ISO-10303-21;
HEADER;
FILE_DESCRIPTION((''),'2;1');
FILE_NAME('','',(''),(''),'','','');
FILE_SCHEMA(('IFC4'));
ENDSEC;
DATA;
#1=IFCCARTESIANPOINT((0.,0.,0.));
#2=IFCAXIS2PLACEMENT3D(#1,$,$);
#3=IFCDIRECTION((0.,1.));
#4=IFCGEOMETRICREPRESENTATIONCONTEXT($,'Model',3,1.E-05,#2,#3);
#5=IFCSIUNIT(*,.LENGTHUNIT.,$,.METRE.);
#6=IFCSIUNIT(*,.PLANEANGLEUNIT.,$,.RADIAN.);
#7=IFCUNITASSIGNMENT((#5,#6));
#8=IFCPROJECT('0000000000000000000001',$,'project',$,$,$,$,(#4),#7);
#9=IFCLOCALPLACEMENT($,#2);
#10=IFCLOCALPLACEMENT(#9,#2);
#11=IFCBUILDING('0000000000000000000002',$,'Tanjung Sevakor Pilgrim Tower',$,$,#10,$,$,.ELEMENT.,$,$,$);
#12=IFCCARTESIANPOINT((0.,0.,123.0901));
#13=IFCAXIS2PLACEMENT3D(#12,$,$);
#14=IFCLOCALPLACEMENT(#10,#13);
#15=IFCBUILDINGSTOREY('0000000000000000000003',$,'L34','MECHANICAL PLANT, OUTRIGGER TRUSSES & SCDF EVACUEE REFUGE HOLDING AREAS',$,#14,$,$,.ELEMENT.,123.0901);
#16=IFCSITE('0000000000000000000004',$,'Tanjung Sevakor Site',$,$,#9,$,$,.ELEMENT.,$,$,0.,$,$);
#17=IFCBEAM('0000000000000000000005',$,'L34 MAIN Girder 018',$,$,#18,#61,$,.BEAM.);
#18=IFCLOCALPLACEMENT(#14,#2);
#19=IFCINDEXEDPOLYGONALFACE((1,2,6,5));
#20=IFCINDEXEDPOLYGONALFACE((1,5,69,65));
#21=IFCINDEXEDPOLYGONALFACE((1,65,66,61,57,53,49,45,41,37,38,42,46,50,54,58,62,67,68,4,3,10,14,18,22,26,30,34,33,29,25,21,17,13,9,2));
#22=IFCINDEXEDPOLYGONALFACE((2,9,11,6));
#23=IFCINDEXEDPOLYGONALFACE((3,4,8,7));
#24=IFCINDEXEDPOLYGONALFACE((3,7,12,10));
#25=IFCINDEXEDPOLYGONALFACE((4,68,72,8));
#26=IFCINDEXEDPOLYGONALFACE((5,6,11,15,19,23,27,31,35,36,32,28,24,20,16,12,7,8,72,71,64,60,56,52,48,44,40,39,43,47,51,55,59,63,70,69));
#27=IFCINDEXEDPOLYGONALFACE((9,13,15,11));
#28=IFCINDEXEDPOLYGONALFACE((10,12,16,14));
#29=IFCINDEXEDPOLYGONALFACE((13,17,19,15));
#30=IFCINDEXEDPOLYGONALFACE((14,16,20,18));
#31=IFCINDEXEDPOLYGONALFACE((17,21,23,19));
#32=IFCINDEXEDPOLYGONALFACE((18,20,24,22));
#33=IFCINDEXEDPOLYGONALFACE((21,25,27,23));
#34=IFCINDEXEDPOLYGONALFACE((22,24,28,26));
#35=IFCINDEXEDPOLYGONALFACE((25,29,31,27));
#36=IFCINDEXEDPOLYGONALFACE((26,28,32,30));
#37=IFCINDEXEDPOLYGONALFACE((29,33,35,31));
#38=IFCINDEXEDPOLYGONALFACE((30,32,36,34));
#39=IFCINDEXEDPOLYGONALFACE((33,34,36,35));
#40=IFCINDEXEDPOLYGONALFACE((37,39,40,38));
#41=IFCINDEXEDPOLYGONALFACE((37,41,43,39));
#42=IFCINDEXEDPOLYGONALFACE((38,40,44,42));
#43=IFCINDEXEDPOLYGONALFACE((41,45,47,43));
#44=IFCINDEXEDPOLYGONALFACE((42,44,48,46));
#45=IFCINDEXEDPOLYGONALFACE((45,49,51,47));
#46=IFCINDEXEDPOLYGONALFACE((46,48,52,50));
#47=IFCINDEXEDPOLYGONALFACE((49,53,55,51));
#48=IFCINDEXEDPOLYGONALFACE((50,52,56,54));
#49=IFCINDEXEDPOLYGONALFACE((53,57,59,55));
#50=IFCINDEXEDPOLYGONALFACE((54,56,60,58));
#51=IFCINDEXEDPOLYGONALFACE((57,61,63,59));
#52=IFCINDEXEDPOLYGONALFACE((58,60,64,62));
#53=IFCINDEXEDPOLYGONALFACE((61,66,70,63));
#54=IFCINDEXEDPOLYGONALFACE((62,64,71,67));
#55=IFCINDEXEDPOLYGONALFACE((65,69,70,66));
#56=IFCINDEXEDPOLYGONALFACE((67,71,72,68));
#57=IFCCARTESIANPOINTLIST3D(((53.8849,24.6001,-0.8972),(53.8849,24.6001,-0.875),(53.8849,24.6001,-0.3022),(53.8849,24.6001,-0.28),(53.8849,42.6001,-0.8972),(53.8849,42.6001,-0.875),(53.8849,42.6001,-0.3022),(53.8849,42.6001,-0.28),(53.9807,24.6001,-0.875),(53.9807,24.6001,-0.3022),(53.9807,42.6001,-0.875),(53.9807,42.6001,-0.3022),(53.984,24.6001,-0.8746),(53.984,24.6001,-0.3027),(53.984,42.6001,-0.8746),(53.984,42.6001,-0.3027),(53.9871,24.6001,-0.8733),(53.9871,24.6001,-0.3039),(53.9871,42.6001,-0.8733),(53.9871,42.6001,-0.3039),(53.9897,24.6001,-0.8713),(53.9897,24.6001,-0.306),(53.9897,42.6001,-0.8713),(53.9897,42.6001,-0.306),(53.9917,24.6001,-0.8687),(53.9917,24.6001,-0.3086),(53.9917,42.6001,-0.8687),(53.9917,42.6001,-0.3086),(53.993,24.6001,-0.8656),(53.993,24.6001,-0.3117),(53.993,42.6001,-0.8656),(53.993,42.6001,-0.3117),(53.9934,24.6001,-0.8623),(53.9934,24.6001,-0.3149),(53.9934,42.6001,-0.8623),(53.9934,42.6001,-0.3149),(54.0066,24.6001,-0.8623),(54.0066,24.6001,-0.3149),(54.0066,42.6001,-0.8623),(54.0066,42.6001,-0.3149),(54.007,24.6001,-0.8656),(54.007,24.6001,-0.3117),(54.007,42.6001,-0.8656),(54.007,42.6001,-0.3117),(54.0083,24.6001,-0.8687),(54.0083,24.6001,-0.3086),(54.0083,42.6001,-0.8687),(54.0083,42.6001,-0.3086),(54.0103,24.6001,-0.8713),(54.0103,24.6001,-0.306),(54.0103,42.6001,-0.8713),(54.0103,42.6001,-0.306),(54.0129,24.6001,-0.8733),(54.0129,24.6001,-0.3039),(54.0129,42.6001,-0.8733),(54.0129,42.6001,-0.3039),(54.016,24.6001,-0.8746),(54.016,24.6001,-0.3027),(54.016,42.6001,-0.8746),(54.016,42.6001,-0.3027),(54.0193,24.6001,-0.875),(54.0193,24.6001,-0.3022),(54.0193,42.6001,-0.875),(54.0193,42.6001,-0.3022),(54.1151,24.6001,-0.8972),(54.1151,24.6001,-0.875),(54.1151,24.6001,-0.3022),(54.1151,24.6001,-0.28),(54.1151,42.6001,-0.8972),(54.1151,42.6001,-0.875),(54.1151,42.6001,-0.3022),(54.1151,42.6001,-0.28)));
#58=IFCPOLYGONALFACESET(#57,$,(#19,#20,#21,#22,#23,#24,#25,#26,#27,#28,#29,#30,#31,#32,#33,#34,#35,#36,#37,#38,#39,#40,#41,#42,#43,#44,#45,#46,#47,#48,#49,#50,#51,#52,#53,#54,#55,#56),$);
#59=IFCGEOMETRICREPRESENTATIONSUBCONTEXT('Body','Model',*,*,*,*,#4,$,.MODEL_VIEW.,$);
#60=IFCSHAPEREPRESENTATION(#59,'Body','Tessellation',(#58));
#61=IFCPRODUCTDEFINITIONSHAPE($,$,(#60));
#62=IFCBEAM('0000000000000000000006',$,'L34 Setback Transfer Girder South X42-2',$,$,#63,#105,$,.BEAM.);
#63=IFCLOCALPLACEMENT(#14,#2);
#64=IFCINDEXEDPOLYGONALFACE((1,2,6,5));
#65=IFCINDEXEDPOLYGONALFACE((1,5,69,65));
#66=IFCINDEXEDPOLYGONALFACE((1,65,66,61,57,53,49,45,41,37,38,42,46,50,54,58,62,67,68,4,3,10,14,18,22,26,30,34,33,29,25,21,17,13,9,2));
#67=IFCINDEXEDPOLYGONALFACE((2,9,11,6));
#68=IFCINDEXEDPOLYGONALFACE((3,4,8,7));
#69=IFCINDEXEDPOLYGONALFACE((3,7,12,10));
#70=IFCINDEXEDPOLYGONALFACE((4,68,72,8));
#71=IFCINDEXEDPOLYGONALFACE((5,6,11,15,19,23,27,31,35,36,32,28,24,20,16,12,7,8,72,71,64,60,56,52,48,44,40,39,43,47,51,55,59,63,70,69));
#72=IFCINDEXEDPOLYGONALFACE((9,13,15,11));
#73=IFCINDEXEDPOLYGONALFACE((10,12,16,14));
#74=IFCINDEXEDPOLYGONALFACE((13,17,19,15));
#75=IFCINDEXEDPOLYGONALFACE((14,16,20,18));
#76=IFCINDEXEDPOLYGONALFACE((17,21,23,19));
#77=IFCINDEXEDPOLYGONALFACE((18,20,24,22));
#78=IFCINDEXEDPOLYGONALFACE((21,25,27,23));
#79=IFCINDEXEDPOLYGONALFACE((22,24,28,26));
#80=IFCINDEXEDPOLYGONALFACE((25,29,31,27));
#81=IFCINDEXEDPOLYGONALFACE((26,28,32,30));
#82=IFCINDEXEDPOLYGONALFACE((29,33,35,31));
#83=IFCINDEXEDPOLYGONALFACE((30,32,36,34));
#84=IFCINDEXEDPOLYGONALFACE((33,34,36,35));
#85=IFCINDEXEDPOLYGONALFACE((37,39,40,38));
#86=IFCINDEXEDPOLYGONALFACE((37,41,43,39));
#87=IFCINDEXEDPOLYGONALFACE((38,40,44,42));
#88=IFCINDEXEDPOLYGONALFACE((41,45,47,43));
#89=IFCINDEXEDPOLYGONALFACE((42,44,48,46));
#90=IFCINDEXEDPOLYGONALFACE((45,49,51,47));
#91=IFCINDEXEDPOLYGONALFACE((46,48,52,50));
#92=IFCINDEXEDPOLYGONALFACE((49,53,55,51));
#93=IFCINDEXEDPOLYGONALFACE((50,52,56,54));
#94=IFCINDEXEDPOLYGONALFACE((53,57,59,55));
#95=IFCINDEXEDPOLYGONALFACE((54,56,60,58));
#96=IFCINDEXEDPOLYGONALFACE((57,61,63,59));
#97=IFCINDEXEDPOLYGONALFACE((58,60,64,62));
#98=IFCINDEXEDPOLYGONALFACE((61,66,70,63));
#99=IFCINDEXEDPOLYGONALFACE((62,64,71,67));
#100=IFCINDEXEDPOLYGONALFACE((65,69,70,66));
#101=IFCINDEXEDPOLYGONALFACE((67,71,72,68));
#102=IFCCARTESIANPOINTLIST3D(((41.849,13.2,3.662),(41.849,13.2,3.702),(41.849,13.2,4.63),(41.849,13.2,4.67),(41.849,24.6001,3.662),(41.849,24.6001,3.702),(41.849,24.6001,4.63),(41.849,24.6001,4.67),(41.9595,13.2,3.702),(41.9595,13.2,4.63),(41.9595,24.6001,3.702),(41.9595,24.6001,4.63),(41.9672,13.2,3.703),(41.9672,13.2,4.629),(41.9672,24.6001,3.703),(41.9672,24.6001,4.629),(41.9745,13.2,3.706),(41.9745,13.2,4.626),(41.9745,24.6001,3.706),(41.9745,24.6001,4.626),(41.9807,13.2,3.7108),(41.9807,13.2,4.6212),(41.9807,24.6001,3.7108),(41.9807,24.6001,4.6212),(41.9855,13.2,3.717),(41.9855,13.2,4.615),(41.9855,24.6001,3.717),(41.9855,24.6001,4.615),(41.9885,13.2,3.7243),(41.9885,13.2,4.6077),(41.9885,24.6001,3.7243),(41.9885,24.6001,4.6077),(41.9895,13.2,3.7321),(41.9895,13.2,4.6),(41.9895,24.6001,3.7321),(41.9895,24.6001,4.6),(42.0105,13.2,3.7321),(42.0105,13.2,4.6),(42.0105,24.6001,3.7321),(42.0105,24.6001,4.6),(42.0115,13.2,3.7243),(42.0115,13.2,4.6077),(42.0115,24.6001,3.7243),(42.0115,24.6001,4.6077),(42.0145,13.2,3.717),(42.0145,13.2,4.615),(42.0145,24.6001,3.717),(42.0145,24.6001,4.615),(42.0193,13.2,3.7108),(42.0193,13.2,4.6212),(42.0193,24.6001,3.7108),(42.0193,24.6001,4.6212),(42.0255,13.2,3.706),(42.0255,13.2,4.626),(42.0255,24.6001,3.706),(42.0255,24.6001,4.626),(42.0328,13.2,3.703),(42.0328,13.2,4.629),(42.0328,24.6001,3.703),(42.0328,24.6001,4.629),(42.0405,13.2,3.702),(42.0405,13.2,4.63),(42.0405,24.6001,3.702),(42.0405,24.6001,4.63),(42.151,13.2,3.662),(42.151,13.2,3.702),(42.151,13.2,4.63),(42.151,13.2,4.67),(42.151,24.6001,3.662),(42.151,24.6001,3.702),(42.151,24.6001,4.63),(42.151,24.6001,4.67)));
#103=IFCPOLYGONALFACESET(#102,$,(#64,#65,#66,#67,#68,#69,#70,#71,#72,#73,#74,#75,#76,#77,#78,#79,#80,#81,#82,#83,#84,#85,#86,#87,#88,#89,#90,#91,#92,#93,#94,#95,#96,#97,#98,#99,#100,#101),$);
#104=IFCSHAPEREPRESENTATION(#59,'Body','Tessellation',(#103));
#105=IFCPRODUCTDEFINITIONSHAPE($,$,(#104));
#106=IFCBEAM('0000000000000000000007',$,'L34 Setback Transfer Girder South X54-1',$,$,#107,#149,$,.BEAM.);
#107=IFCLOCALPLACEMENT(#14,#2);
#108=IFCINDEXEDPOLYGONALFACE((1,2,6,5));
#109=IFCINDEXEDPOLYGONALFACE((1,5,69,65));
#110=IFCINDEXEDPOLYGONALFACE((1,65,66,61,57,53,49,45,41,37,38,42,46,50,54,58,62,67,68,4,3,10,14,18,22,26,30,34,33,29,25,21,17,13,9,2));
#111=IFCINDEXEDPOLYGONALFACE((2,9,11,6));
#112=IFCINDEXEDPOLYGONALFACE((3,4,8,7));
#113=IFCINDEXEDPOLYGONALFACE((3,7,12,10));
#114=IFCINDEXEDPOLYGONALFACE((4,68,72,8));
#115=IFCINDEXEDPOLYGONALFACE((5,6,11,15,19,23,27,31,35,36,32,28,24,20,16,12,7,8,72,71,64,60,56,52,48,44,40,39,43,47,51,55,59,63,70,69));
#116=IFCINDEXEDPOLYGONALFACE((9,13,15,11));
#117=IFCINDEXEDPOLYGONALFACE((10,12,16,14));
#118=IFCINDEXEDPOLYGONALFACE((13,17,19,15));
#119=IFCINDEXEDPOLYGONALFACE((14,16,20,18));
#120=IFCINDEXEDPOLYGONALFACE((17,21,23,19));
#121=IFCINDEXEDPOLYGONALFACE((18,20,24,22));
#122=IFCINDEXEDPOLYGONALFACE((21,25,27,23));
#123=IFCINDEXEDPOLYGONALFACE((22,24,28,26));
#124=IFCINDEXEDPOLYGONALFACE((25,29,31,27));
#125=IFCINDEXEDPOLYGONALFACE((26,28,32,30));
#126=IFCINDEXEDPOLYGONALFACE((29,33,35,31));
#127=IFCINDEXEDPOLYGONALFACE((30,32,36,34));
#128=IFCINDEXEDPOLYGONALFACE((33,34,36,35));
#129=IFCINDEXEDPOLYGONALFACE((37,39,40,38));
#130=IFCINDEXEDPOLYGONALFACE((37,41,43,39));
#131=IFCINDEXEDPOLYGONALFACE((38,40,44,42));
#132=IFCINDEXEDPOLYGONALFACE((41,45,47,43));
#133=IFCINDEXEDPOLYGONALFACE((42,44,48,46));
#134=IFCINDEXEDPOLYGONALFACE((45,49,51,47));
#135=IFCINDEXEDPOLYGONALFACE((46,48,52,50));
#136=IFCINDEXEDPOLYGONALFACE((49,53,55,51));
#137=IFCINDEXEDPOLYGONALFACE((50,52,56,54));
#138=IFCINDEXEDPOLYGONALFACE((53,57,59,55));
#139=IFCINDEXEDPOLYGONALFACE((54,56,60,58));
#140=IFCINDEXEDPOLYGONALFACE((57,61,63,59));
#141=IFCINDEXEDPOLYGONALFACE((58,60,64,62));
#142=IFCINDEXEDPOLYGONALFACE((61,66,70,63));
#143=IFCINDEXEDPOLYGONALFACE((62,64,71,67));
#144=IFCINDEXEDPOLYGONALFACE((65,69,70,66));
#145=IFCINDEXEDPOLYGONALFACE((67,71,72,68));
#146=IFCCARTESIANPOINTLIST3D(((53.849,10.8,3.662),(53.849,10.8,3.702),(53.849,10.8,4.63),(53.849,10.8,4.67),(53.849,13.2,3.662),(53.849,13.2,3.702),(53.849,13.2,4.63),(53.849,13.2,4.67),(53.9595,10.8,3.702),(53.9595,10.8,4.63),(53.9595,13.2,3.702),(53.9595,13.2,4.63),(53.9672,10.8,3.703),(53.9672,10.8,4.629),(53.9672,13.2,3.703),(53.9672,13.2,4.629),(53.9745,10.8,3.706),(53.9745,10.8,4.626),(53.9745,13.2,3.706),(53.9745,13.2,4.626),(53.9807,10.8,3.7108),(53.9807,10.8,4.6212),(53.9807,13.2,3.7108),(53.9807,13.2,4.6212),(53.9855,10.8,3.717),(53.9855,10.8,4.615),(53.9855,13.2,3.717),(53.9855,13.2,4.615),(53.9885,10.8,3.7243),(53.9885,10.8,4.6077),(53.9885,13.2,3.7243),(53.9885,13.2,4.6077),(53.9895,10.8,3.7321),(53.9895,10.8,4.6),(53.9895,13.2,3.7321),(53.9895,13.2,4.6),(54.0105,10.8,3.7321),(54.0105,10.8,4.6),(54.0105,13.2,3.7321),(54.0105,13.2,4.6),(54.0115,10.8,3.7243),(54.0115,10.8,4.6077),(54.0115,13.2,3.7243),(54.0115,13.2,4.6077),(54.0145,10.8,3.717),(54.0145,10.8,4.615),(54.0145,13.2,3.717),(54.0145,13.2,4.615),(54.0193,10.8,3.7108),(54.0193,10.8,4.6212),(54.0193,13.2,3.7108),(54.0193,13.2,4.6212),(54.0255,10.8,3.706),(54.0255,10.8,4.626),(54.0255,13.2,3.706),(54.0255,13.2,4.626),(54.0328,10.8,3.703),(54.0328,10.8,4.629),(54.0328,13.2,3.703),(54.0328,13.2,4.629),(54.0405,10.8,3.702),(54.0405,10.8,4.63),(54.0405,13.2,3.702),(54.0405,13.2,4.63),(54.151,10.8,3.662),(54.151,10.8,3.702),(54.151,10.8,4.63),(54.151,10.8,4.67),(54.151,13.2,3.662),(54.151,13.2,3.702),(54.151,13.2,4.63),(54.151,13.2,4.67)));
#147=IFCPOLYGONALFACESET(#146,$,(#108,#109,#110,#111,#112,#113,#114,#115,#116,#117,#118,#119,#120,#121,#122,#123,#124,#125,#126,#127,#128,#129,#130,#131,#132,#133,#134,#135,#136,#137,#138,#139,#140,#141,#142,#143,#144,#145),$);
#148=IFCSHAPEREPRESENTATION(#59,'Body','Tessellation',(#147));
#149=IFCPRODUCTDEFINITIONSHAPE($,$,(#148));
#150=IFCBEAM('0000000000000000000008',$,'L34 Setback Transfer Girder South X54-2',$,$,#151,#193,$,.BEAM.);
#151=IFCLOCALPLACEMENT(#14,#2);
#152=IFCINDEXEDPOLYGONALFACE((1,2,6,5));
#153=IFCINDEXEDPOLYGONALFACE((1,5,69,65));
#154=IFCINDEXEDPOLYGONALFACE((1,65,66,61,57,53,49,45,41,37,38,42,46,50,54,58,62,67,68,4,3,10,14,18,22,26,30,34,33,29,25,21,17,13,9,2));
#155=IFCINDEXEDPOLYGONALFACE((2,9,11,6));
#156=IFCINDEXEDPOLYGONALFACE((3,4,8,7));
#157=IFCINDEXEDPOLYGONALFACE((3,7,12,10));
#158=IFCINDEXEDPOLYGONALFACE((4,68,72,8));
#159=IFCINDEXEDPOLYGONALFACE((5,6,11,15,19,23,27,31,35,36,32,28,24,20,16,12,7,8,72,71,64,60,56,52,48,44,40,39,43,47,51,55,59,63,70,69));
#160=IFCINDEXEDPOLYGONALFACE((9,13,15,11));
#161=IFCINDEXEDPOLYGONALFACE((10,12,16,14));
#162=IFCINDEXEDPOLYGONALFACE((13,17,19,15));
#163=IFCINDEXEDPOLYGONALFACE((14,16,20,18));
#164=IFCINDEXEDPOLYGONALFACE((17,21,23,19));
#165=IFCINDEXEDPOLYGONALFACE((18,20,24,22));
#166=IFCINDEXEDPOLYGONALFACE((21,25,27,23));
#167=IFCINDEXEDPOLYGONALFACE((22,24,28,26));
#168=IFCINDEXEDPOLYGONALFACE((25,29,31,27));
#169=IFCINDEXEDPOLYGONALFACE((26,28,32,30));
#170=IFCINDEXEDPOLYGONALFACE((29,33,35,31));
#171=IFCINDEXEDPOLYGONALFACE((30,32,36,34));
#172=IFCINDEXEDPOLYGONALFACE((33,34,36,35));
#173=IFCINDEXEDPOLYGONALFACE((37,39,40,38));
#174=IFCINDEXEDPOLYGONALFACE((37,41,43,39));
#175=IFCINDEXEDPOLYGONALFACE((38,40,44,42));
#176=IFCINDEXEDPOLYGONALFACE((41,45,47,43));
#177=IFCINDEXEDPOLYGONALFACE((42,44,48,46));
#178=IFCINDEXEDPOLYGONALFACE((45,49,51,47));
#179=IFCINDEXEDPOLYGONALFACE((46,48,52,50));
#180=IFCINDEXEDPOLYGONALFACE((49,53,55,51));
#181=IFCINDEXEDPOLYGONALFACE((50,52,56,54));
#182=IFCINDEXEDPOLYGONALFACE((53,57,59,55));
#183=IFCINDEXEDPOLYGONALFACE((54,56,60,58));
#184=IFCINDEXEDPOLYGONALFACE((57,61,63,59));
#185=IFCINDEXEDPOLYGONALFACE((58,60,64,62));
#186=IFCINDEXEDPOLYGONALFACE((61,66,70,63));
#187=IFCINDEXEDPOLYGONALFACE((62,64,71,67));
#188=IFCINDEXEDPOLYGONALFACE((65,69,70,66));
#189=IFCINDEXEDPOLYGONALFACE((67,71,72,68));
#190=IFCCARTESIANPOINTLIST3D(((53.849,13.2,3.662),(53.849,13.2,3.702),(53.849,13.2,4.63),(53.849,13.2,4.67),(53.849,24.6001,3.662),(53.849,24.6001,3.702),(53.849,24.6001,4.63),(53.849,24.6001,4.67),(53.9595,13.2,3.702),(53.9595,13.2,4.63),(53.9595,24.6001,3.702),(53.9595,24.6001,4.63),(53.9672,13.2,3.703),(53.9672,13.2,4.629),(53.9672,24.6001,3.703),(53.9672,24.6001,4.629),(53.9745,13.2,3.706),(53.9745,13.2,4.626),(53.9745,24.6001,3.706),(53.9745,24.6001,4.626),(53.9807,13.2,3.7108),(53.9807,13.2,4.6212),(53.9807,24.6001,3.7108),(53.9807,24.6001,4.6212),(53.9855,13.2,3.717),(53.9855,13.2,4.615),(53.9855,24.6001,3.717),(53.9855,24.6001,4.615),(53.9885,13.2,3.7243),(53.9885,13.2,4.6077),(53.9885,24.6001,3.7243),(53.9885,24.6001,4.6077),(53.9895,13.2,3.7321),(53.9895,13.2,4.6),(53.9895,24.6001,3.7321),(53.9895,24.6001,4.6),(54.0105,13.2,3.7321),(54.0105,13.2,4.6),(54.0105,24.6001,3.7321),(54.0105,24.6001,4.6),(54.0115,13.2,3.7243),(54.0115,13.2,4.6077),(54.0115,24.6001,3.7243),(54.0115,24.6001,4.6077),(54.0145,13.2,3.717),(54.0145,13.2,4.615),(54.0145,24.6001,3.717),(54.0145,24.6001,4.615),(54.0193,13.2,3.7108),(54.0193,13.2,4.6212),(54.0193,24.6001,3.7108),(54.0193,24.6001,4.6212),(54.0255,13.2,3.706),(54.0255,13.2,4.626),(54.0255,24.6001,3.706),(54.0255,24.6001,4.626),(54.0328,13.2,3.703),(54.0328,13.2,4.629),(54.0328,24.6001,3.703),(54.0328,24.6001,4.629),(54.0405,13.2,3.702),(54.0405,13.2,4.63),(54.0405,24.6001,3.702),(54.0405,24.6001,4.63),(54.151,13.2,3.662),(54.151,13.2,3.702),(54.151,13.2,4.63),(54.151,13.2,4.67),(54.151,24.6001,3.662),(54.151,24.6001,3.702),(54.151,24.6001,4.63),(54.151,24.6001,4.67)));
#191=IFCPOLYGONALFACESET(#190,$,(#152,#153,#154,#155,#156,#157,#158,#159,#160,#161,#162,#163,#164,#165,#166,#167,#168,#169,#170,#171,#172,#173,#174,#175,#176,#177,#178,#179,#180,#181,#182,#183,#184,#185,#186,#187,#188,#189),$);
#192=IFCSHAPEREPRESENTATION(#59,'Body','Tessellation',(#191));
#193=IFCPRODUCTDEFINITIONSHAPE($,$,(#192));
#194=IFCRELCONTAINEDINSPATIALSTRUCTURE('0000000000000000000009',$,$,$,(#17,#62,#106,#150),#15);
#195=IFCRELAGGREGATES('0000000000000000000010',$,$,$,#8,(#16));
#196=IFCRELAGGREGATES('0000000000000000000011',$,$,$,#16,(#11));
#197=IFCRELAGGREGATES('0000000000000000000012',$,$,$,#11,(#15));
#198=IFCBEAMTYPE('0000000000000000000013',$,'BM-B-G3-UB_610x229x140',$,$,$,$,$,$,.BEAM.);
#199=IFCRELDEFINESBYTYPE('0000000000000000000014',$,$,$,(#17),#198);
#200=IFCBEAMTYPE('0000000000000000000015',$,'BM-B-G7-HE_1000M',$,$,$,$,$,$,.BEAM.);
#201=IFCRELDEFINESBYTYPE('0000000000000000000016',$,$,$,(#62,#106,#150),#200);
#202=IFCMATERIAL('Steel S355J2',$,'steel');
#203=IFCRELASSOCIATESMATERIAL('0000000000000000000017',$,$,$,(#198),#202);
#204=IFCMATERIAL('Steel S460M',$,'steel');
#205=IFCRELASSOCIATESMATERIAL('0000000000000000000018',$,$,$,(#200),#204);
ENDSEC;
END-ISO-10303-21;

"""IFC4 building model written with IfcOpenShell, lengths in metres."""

from ifc_helpers import new_model, si_unit, direction, frame, origin, origin_2d, place, context, subcontext, project, spatial, i_section, extrude, material, material_profile, profile_set, type_object, element, save


model = new_model("IFC4")

# Units and contexts
model_context = context("Model", 3, precision=1e-05, world=origin(), true_north=direction((0.0, 1.0)))
body_context = subcontext(model_context, "Body", "Model", "MODEL_VIEW")
ifc_project = project(units=[si_unit("LENGTHUNIT", "METRE"), si_unit("PLANEANGLEUNIT", "RADIAN")], contexts=[model_context])

# Site, building, storey
site_placement = place(None, origin())
site = spatial("IfcSite", under=ifc_project, at=site_placement, Name="Tanjung Sevakor Site", CompositionType="ELEMENT", RefElevation=0.0)
building_placement = place(site_placement, origin())
building = spatial("IfcBuilding", under=site, at=building_placement, Name="Tanjung Sevakor Pilgrim Tower", CompositionType="ELEMENT")
storey_placement = place(building_placement, frame((0.0, 0.0, 123.0901)))
storey = spatial("IfcBuildingStorey", under=building, at=storey_placement, Name="L34", Description="MECHANICAL PLANT, OUTRIGGER TRUSSES & SCDF EVACUEE REFUGE HOLDING AREAS", CompositionType="ELEMENT", Elevation=123.0901)

# Beams
ifc_material_1 = material(Name="Steel S355J2", Category="steel")
ifc_material_profile_1 = material_profile(ifc_material_1, i_section(OverallWidth=0.2302, OverallDepth=0.6172, WebThickness=0.0132, FlangeThickness=0.0222, FilletRadius=0.0127, at=origin_2d()))
ifc_profile_set_1 = profile_set([ifc_material_profile_1], Name="Steel S355J2")
beam_type_1 = type_object("IfcBeamType", Name="BM-B-G3-UB_610x229x140", PredefinedType="BEAM", material=ifc_profile_set_1)
beam_1_placement = place(storey_placement, frame((54.0, 24.6001, -0.5886), z_axis=(0.0, 1.0, 0.0), x_axis=(-1.0, 0.0, 0.0)))
element("IfcBeam", 1, at=beam_1_placement, inside=storey, type_object=beam_type_1, Name="L34 MAIN Girder 018", PredefinedType="BEAM", context=body_context, shape_type="SweptSolid", body=[
    extrude(i_section(OverallWidth=0.2302, OverallDepth=0.6172, WebThickness=0.0132, FlangeThickness=0.0222, FilletRadius=0.0127, at=origin_2d()), origin(), (0.0, 0.0, 1.0), 18.0),
])
ifc_material_2 = material(Name="Steel S460M", Category="steel")
ifc_material_profile_2 = material_profile(ifc_material_2, i_section(OverallWidth=0.302, OverallDepth=1.0081, WebThickness=0.021, FlangeThickness=0.04, FilletRadius=0.03, at=origin_2d()))
ifc_profile_set_2 = profile_set([ifc_material_profile_2], Name="Steel S460M")
beam_type_2 = type_object("IfcBeamType", Name="BM-B-G7-HE_1000M", PredefinedType="BEAM", material=ifc_profile_set_2)
beam_2_placement = place(storey_placement, frame((42.0, 13.2, 4.166), z_axis=(0.0, 1.0, 0.0), x_axis=(-1.0, 0.0, 0.0)))
element("IfcBeam", 2, at=beam_2_placement, inside=storey, type_object=beam_type_2, Name="L34 Setback Transfer Girder South X42-2", PredefinedType="BEAM", context=body_context, shape_type="SweptSolid", body=[
    extrude(i_section(OverallWidth=0.302, OverallDepth=1.0081, WebThickness=0.021, FlangeThickness=0.04, FilletRadius=0.03, at=origin_2d()), origin(), (0.0, 0.0, 1.0), 11.4001),
])
beam_3_placement = place(storey_placement, frame((54.0, 10.8, 4.166), z_axis=(0.0, 1.0, 0.0), x_axis=(-1.0, 0.0, 0.0)))
element("IfcBeam", 3, at=beam_3_placement, inside=storey, type_object=beam_type_2, Name="L34 Setback Transfer Girder South X54-1", PredefinedType="BEAM", context=body_context, shape_type="SweptSolid", body=[
    extrude(i_section(OverallWidth=0.302, OverallDepth=1.0081, WebThickness=0.021, FlangeThickness=0.04, FilletRadius=0.03, at=origin_2d()), origin(), (0.0, 0.0, 1.0), 2.3999),
])
beam_4_placement = place(storey_placement, frame((54.0, 13.2, 4.166), z_axis=(0.0, 1.0, 0.0), x_axis=(-1.0, 0.0, 0.0)))
element("IfcBeam", 4, at=beam_4_placement, inside=storey, type_object=beam_type_2, Name="L34 Setback Transfer Girder South X54-2", PredefinedType="BEAM", context=body_context, shape_type="SweptSolid", body=[
    extrude(i_section(OverallWidth=0.302, OverallDepth=1.0081, WebThickness=0.021, FlangeThickness=0.04, FilletRadius=0.03, at=origin_2d()), origin(), (0.0, 0.0, 1.0), 11.4001),
])

save(model, "model.ifc")
